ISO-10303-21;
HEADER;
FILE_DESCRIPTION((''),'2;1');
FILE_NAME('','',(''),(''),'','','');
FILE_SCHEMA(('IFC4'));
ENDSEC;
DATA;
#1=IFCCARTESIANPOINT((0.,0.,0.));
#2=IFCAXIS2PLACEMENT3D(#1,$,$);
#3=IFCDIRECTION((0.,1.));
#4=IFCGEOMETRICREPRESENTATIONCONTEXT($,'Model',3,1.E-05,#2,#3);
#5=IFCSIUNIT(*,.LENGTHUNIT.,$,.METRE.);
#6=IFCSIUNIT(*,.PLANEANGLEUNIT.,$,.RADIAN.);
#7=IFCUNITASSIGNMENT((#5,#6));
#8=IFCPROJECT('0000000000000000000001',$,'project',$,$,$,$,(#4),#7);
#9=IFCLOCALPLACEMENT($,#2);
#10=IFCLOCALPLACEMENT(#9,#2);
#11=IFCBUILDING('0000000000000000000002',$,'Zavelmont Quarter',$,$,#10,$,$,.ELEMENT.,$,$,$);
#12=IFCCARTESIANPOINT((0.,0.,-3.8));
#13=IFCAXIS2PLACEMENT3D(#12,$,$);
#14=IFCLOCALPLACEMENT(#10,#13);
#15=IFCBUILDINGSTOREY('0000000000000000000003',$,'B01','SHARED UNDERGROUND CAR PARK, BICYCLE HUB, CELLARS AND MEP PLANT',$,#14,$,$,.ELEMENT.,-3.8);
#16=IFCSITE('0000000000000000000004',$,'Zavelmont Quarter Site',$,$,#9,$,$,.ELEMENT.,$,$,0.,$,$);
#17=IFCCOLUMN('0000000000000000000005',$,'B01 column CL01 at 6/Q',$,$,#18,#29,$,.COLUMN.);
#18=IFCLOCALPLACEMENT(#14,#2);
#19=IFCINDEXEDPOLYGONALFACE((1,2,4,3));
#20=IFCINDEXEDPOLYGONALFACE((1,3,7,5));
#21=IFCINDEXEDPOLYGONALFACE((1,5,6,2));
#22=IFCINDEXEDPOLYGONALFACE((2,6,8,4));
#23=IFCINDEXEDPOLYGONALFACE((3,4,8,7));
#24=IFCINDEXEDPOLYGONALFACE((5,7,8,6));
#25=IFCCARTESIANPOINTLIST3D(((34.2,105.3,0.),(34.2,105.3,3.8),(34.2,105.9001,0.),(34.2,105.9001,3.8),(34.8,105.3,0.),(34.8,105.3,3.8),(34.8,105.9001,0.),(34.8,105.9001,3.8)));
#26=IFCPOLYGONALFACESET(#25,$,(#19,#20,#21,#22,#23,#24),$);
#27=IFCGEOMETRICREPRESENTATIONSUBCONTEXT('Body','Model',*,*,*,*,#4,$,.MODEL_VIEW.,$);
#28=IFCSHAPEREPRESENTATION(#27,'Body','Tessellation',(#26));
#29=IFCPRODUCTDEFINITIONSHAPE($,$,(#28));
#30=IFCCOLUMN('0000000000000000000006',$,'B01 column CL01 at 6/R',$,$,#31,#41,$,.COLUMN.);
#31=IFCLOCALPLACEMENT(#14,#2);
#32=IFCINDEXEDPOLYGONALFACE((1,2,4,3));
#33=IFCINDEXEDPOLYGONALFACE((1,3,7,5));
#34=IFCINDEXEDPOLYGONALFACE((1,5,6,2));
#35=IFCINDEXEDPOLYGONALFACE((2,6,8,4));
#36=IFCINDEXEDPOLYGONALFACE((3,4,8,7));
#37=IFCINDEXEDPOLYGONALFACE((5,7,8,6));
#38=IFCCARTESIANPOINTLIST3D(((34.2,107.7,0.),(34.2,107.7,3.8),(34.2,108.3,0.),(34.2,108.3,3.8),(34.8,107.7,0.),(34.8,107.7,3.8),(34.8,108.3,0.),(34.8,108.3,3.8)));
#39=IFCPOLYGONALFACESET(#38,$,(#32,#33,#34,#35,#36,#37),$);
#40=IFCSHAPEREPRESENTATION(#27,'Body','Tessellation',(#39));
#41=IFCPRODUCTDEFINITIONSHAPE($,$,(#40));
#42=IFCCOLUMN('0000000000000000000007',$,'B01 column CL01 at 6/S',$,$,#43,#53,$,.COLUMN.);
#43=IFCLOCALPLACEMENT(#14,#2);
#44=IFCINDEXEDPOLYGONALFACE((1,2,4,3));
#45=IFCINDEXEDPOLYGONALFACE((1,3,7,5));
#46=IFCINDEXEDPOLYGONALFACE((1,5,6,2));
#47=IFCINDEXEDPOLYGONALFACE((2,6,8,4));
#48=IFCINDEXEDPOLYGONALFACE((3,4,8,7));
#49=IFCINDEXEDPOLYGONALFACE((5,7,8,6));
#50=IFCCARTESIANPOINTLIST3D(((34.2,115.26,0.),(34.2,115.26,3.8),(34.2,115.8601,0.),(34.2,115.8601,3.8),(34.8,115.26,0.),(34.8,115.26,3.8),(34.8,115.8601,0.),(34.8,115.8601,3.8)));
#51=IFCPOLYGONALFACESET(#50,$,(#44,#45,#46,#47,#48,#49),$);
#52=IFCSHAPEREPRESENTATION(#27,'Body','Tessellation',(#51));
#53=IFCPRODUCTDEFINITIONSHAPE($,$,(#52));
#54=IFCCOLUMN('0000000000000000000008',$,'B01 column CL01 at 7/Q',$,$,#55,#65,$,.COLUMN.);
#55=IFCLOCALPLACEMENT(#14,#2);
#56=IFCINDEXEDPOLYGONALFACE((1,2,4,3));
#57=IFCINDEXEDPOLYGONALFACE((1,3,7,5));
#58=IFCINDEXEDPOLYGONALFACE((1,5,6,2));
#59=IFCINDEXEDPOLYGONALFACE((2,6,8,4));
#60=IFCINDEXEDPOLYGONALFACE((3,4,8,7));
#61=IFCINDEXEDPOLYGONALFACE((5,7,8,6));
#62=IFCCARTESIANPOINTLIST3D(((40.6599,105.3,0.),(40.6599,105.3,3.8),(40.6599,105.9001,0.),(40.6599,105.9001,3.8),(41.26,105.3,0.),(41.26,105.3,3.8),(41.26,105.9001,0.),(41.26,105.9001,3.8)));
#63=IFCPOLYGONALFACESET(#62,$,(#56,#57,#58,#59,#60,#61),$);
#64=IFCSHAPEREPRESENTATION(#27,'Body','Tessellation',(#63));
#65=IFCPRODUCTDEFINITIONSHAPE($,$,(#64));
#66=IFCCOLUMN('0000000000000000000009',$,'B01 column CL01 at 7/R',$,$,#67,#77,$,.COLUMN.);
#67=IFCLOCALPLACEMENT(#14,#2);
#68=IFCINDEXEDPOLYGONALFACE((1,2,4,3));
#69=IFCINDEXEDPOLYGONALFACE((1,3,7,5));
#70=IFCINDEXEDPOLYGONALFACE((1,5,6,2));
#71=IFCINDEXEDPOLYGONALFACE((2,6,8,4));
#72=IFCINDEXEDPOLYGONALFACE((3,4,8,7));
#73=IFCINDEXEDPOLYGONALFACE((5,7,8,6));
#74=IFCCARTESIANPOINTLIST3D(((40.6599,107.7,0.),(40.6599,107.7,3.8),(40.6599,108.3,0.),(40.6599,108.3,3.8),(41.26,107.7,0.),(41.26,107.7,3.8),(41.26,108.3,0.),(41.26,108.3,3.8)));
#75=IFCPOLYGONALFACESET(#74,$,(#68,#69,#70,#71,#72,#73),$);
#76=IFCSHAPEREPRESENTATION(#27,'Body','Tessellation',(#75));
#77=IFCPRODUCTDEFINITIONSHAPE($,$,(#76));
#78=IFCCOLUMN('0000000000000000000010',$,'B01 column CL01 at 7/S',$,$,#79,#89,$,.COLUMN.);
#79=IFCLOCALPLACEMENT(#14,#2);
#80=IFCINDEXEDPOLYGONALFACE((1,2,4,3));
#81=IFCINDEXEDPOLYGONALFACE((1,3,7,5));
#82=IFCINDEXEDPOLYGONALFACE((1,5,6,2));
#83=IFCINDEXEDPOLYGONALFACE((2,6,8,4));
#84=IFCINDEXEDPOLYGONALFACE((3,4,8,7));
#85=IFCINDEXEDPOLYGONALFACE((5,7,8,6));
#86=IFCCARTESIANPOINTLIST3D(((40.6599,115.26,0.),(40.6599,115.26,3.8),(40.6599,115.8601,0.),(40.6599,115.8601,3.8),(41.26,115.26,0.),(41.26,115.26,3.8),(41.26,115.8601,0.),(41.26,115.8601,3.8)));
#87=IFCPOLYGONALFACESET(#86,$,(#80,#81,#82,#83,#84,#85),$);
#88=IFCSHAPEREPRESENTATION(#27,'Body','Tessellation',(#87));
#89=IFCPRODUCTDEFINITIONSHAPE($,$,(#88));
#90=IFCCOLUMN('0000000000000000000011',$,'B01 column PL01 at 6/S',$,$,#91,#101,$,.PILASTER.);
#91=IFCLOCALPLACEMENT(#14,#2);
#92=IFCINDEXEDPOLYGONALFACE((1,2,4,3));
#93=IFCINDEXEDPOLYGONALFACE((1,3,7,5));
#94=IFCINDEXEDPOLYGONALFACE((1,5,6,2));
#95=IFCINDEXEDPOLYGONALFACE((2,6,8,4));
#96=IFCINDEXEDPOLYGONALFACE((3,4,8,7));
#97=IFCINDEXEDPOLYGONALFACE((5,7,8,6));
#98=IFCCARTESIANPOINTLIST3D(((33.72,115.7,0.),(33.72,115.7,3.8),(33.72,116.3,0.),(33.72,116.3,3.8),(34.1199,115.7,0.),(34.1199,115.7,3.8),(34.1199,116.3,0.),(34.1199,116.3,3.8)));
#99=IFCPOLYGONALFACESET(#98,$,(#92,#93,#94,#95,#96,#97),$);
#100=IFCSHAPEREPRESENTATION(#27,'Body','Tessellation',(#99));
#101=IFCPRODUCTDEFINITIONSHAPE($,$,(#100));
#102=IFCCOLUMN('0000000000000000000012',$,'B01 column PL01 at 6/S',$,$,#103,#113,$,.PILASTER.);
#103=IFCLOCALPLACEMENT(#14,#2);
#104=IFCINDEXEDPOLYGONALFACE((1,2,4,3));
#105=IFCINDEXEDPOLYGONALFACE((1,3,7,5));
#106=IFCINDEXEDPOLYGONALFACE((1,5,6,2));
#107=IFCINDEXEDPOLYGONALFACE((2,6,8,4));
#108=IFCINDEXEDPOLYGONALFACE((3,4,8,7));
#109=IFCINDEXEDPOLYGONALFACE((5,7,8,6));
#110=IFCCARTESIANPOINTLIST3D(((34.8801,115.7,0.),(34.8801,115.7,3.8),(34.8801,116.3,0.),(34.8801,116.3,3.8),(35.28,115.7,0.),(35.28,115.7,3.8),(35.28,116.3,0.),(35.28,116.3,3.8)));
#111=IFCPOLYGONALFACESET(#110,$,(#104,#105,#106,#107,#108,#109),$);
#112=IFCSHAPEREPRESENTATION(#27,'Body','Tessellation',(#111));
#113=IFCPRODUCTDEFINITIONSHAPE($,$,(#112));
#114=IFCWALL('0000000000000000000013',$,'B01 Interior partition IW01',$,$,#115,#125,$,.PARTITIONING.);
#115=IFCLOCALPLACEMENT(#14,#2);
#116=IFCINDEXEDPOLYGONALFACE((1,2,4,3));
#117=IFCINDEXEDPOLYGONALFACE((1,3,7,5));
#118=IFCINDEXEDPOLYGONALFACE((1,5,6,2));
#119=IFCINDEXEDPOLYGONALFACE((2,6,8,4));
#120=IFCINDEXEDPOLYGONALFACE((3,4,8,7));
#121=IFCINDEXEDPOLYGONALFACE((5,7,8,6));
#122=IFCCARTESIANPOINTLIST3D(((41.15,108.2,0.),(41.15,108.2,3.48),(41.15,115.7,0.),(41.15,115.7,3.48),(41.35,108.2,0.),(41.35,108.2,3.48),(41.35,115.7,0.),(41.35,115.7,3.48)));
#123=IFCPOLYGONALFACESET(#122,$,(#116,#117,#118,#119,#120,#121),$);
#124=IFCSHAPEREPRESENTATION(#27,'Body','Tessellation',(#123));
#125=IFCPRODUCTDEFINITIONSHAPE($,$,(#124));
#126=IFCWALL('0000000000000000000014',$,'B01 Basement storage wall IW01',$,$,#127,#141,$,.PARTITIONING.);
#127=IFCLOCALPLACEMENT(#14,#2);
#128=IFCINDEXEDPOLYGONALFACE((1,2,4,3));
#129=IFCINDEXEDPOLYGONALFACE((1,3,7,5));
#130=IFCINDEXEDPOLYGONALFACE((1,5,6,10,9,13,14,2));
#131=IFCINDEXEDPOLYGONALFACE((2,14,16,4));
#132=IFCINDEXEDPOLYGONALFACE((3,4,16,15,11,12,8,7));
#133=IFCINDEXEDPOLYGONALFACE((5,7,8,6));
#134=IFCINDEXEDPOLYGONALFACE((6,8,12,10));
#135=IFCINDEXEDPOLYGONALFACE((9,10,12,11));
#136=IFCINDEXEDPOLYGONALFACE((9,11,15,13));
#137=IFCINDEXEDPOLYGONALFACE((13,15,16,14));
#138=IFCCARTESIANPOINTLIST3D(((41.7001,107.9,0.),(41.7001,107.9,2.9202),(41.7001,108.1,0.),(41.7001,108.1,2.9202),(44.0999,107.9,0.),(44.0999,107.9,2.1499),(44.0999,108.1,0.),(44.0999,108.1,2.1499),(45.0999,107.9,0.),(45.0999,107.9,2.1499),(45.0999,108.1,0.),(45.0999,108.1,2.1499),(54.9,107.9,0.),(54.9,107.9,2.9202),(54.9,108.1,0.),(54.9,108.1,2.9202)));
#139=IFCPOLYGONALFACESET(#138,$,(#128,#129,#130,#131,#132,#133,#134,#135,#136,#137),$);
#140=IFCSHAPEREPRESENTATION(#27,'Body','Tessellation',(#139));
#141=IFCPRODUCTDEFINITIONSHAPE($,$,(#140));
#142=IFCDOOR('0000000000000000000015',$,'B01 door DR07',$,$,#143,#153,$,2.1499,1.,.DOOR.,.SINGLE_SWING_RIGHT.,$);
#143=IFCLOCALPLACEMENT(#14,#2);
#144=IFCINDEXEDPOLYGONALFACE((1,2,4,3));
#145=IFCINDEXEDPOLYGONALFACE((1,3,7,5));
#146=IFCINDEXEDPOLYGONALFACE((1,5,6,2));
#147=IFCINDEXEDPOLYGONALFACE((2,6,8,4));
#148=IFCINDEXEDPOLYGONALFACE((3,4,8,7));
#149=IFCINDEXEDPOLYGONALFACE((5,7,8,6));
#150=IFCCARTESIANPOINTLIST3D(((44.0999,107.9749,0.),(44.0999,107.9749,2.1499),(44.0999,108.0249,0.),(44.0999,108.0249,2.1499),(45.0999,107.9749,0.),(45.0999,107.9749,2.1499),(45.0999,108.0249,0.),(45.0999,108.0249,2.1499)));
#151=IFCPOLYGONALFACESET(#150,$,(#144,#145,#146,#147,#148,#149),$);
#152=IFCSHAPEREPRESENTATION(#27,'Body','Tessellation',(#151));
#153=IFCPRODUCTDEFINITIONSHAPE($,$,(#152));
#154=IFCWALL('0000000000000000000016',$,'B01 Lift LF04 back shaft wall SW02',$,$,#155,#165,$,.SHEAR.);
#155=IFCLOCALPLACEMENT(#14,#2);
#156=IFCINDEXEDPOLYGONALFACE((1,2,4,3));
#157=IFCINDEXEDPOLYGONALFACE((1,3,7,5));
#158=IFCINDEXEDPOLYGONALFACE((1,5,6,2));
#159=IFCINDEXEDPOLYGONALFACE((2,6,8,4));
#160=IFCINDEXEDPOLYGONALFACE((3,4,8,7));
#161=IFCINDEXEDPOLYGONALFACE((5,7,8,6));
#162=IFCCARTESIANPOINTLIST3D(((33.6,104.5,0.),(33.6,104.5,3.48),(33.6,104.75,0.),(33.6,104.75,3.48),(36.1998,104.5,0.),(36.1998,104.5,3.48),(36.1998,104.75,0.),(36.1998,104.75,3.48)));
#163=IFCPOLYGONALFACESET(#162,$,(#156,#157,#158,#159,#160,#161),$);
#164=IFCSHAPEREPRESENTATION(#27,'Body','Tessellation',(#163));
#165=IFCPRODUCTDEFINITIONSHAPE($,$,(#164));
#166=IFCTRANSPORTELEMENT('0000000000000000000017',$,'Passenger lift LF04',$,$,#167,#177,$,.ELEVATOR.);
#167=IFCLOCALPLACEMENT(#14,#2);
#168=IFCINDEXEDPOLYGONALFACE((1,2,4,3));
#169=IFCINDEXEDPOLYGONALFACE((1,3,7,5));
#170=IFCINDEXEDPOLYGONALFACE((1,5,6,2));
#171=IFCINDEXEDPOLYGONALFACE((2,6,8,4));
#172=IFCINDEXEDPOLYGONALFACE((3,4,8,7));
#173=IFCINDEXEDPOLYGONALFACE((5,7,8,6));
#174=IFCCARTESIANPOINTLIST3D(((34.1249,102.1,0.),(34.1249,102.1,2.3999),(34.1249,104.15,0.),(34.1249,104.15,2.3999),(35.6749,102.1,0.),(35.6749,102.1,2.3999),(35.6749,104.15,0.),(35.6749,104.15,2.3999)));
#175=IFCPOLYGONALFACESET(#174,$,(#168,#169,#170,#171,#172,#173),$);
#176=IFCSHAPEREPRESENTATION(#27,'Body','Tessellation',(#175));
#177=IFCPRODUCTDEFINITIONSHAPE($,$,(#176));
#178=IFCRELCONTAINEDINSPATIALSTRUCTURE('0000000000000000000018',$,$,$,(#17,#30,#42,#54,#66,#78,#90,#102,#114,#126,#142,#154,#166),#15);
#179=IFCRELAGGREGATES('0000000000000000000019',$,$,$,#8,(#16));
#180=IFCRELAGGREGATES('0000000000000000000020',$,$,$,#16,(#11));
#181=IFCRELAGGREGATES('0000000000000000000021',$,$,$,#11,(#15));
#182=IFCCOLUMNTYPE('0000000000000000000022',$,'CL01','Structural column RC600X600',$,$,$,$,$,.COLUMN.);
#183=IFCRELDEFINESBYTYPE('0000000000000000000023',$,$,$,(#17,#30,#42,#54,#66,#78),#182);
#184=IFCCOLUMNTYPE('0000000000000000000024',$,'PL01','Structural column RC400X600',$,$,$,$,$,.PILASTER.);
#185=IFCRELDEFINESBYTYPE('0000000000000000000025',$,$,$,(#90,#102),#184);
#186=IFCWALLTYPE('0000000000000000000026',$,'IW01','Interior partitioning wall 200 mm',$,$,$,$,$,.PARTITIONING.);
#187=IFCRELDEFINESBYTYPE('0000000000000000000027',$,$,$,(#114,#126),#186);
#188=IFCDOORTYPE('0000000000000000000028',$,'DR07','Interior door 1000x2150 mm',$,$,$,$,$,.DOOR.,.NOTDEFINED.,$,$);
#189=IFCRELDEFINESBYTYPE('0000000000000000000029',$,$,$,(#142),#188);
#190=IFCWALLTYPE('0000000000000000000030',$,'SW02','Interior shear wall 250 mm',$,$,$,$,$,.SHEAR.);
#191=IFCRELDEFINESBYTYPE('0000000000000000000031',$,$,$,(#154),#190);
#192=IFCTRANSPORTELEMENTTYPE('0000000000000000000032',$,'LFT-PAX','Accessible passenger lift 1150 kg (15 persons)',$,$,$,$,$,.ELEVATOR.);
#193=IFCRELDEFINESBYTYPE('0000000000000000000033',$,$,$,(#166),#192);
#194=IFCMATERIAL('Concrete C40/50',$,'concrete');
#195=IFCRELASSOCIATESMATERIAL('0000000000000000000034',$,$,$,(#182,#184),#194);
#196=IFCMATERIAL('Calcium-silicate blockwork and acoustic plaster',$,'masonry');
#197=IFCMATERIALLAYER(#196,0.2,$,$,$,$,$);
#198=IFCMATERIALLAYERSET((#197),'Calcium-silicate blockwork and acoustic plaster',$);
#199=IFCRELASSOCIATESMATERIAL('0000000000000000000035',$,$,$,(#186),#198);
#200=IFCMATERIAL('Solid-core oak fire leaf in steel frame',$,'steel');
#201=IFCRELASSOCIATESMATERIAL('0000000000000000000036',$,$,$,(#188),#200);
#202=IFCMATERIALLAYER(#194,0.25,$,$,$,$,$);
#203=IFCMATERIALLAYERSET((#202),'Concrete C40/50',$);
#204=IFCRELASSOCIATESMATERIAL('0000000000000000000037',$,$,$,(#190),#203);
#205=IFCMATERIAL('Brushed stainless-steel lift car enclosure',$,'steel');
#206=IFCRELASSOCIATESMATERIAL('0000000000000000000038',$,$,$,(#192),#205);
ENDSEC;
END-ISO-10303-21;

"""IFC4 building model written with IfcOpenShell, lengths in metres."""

from ifc_helpers import new_model, si_unit, direction, frame, frame_2d, origin, origin_with_axes, origin_2d, place, context, subcontext, project, spatial, rectangle, extrude, material, layer, layer_set, material_profile, profile_set, type_object, element, fill, save


model = new_model("IFC4")

# Units and contexts
model_context = context("Model", 3, precision=1e-05, world=origin(), true_north=direction((0.0, 1.0)))
body_context = subcontext(model_context, "Body", "Model", "MODEL_VIEW")
ifc_project = project(units=[si_unit("LENGTHUNIT", "METRE"), si_unit("PLANEANGLEUNIT", "RADIAN")], contexts=[model_context])

# Site, building, storey
site_placement = place(None, origin())
site = spatial("IfcSite", under=ifc_project, at=site_placement, Name="Zavelmont Quarter Site", CompositionType="ELEMENT", RefElevation=0.0)
building_placement = place(site_placement, origin())
building = spatial("IfcBuilding", under=site, at=building_placement, Name="Zavelmont Quarter", CompositionType="ELEMENT")
storey_placement = place(building_placement, frame((0.0, 0.0, -3.8)))
storey = spatial("IfcBuildingStorey", under=building, at=storey_placement, Name="B01", Description="SHARED UNDERGROUND CAR PARK, BICYCLE HUB, CELLARS AND MEP PLANT", CompositionType="ELEMENT", Elevation=-3.8)

# Columns
ifc_material_1 = material(Name="Concrete C40/50", Category="concrete")
ifc_material_profile_1 = material_profile(ifc_material_1, rectangle(XDim=0.6001, YDim=0.6001, at=origin_2d()), Name="RC600X600")
ifc_profile_set_1 = profile_set([ifc_material_profile_1], Name="Concrete C40/50")
column_type_1 = type_object("IfcColumnType", Name="CL01", Description="Structural column RC600X600", PredefinedType="COLUMN", material=ifc_profile_set_1)
for number, where, z_axis, x_axis, name in (
    (1, (34.5, 105.6001, 0.0), (0.0, 0.0, 1.0), (1.0, 0.0, 0.0), "B01 column CL01 at 6/Q"),
    (2, (34.5, 108.0, 0.0), (0.0, 0.0, 1.0), (1.0, 0.0, 0.0), "B01 column CL01 at 6/R"),
    (3, (34.5, 115.5601, 0.0), (0.0, 0.0, 1.0), (1.0, 0.0, 0.0), "B01 column CL01 at 6/S"),
    (4, (40.96, 105.6001, 0.0), (0.0, 0.0, 1.0), (1.0, 0.0, 0.0), "B01 column CL01 at 7/Q"),
    (5, (40.96, 108.0, 0.0), (0.0, 0.0, 1.0), (1.0, 0.0, 0.0), "B01 column CL01 at 7/R"),
    (6, (40.96, 115.5601, 0.0), (0.0, 0.0, 1.0), (1.0, 0.0, 0.0), "B01 column CL01 at 7/S"),
):
    element("IfcColumn", number, at=place(storey_placement, frame(where, z_axis=z_axis, x_axis=x_axis)), inside=storey, type_object=column_type_1, Name=name, PredefinedType="COLUMN", context=body_context, shape_type="SweptSolid", body=[
        extrude(rectangle(XDim=0.6001, YDim=0.6001, at=origin_2d()), origin(), (0.0, 0.0, 1.0), 3.8),
    ])
ifc_material_profile_2 = material_profile(ifc_material_1, rectangle(XDim=0.3999, YDim=0.6001, at=origin_2d()), Name="RC400X600")
ifc_profile_set_2 = profile_set([ifc_material_profile_2], Name="Concrete C40/50")
column_type_2 = type_object("IfcColumnType", Name="PL01", Description="Structural column RC400X600", PredefinedType="PILASTER", material=ifc_profile_set_2)
for number, where, z_axis, x_axis, name in (
    (7, (33.9199, 116.0, 0.0), (0.0, 0.0, 1.0), (1.0, 0.0, 0.0), "B01 column PL01 at 6/S"),
    (8, (35.0801, 116.0, 0.0), (0.0, 0.0, 1.0), (1.0, 0.0, 0.0), "B01 column PL01 at 6/S"),
):
    element("IfcColumn", number, at=place(storey_placement, frame(where, z_axis=z_axis, x_axis=x_axis)), inside=storey, type_object=column_type_2, Name=name, PredefinedType="PILASTER", context=body_context, shape_type="SweptSolid", body=[
        extrude(rectangle(XDim=0.3999, YDim=0.6001, at=origin_2d()), origin(), (0.0, 0.0, 1.0), 3.8),
    ])

# Wall
ifc_material_2 = material(Name="Calcium-silicate blockwork and acoustic plaster", Category="masonry")
ifc_layer_1 = layer(ifc_material_2, 0.2)
ifc_layer_set_1 = layer_set([ifc_layer_1], Name="Calcium-silicate blockwork and acoustic plaster")
wall_type_1 = type_object("IfcWallType", Name="IW01", Description="Interior partitioning wall 200 mm", PredefinedType="PARTITIONING", material=ifc_layer_set_1)
wall_1_placement = place(storey_placement, frame((41.25, 108.2, 0.0), z_axis=(0.0, 0.0, 1.0), x_axis=(0.0, 1.0, 0.0)))
element("IfcWall", 9, at=wall_1_placement, inside=storey, type_object=wall_type_1, Name="B01 Interior partition IW01", PredefinedType="PARTITIONING", context=body_context, shape_type="SweptSolid", body=[
    extrude(rectangle(XDim=7.5, YDim=0.2, at=frame_2d((3.75, 0.0))), origin(), (0.0, 0.0, 1.0), 3.48),
])

# Wall, opening, door
wall_2_placement = place(storey_placement, frame((41.7, 108.0, 0.0), z_axis=(0.0, 0.0, 1.0), x_axis=(1.0, 0.0, 0.0)))
wall_2 = element("IfcWall", 10, at=wall_2_placement, inside=storey, type_object=wall_type_1, Name="B01 Basement storage wall IW01", PredefinedType="PARTITIONING", context=body_context, shape_type="SweptSolid", body=[
    extrude(rectangle(XDim=13.2, YDim=0.2, at=frame_2d((6.6001, 0.0))), origin(), (0.0, 0.0, 1.0), 2.9202),
])
opening_placement = place(wall_2_placement, frame((2.3999, 0.0, 0.0)))
opening = element("IfcOpeningElement", 11, at=opening_placement, cuts=wall_2, PredefinedType="OPENING", context=body_context, shape_type="SweptSolid", body=[
    extrude(rectangle(XDim=1.0, YDim=2.1499, at=frame_2d((0.5, 1.075))), frame((0.0, 0.1118, 0.0), z_axis=(0.0, -1.0, 0.0), x_axis=(1.0, 0.0, 0.0)), (0.0, 0.0, 1.0), 0.2239),
])
ifc_material_3 = material(Name="Solid-core oak fire leaf in steel frame", Category="steel")
door_type = type_object("IfcDoorType", Name="DR07", Description="Interior door 1000x2150 mm", OperationType="NOTDEFINED", PredefinedType="DOOR", material=ifc_material_3)
door_placement = place(opening_placement, origin_with_axes())
door = element("IfcDoor", 12, at=door_placement, inside=storey, type_object=door_type, Name="B01 door DR07", OperationType="SINGLE_SWING_RIGHT", OverallHeight=2.1499, OverallWidth=1.0, PredefinedType="DOOR", context=body_context, shape_type="SweptSolid", body=[
    extrude(rectangle(XDim=1.0, YDim=2.1499, at=frame_2d((0.5, 1.075))), frame((0.0, 0.0249, 0.0), z_axis=(0.0, -1.0, 0.0), x_axis=(1.0, 0.0, 0.0)), (0.0, 0.0, 1.0), 0.05),
])
fill(opening, door)

# Wall
ifc_layer_2 = layer(ifc_material_1, 0.25)
ifc_layer_set_2 = layer_set([ifc_layer_2], Name="Concrete C40/50")
wall_type_2 = type_object("IfcWallType", Name="SW02", Description="Interior shear wall 250 mm", PredefinedType="SHEAR", material=ifc_layer_set_2)
wall_3_placement = place(storey_placement, frame((33.6001, 104.625, 0.0), z_axis=(0.0, 0.0, 1.0), x_axis=(1.0, 0.0, 0.0)))
element("IfcWall", 13, at=wall_3_placement, inside=storey, type_object=wall_type_2, Name="B01 Lift LF04 back shaft wall SW02", PredefinedType="SHEAR", context=body_context, shape_type="SweptSolid", body=[
    extrude(rectangle(XDim=2.5999, YDim=0.25, at=frame_2d((1.2998, 0.0))), origin(), (0.0, 0.0, 1.0), 3.48),
])

# Transport element
ifc_material_4 = material(Name="Brushed stainless-steel lift car enclosure", Category="steel")
transport_element_type = type_object("IfcTransportElementType", Name="LFT-PAX", Description="Accessible passenger lift 1150 kg (15 persons)", PredefinedType="ELEVATOR", material=ifc_material_4)
transport_element_placement = place(storey_placement, frame((34.8999, 103.125, 0.0), z_axis=(0.0, 0.0, 1.0), x_axis=(1.0, 0.0, 0.0)))
element("IfcTransportElement", 14, at=transport_element_placement, inside=storey, type_object=transport_element_type, Name="Passenger lift LF04", PredefinedType="ELEVATOR", context=body_context, shape_type="SweptSolid", body=[
    extrude(rectangle(XDim=1.55, YDim=2.05, at=origin_2d()), origin(), (0.0, 0.0, 1.0), 2.3999),
])

save(model, "model.ifc")
